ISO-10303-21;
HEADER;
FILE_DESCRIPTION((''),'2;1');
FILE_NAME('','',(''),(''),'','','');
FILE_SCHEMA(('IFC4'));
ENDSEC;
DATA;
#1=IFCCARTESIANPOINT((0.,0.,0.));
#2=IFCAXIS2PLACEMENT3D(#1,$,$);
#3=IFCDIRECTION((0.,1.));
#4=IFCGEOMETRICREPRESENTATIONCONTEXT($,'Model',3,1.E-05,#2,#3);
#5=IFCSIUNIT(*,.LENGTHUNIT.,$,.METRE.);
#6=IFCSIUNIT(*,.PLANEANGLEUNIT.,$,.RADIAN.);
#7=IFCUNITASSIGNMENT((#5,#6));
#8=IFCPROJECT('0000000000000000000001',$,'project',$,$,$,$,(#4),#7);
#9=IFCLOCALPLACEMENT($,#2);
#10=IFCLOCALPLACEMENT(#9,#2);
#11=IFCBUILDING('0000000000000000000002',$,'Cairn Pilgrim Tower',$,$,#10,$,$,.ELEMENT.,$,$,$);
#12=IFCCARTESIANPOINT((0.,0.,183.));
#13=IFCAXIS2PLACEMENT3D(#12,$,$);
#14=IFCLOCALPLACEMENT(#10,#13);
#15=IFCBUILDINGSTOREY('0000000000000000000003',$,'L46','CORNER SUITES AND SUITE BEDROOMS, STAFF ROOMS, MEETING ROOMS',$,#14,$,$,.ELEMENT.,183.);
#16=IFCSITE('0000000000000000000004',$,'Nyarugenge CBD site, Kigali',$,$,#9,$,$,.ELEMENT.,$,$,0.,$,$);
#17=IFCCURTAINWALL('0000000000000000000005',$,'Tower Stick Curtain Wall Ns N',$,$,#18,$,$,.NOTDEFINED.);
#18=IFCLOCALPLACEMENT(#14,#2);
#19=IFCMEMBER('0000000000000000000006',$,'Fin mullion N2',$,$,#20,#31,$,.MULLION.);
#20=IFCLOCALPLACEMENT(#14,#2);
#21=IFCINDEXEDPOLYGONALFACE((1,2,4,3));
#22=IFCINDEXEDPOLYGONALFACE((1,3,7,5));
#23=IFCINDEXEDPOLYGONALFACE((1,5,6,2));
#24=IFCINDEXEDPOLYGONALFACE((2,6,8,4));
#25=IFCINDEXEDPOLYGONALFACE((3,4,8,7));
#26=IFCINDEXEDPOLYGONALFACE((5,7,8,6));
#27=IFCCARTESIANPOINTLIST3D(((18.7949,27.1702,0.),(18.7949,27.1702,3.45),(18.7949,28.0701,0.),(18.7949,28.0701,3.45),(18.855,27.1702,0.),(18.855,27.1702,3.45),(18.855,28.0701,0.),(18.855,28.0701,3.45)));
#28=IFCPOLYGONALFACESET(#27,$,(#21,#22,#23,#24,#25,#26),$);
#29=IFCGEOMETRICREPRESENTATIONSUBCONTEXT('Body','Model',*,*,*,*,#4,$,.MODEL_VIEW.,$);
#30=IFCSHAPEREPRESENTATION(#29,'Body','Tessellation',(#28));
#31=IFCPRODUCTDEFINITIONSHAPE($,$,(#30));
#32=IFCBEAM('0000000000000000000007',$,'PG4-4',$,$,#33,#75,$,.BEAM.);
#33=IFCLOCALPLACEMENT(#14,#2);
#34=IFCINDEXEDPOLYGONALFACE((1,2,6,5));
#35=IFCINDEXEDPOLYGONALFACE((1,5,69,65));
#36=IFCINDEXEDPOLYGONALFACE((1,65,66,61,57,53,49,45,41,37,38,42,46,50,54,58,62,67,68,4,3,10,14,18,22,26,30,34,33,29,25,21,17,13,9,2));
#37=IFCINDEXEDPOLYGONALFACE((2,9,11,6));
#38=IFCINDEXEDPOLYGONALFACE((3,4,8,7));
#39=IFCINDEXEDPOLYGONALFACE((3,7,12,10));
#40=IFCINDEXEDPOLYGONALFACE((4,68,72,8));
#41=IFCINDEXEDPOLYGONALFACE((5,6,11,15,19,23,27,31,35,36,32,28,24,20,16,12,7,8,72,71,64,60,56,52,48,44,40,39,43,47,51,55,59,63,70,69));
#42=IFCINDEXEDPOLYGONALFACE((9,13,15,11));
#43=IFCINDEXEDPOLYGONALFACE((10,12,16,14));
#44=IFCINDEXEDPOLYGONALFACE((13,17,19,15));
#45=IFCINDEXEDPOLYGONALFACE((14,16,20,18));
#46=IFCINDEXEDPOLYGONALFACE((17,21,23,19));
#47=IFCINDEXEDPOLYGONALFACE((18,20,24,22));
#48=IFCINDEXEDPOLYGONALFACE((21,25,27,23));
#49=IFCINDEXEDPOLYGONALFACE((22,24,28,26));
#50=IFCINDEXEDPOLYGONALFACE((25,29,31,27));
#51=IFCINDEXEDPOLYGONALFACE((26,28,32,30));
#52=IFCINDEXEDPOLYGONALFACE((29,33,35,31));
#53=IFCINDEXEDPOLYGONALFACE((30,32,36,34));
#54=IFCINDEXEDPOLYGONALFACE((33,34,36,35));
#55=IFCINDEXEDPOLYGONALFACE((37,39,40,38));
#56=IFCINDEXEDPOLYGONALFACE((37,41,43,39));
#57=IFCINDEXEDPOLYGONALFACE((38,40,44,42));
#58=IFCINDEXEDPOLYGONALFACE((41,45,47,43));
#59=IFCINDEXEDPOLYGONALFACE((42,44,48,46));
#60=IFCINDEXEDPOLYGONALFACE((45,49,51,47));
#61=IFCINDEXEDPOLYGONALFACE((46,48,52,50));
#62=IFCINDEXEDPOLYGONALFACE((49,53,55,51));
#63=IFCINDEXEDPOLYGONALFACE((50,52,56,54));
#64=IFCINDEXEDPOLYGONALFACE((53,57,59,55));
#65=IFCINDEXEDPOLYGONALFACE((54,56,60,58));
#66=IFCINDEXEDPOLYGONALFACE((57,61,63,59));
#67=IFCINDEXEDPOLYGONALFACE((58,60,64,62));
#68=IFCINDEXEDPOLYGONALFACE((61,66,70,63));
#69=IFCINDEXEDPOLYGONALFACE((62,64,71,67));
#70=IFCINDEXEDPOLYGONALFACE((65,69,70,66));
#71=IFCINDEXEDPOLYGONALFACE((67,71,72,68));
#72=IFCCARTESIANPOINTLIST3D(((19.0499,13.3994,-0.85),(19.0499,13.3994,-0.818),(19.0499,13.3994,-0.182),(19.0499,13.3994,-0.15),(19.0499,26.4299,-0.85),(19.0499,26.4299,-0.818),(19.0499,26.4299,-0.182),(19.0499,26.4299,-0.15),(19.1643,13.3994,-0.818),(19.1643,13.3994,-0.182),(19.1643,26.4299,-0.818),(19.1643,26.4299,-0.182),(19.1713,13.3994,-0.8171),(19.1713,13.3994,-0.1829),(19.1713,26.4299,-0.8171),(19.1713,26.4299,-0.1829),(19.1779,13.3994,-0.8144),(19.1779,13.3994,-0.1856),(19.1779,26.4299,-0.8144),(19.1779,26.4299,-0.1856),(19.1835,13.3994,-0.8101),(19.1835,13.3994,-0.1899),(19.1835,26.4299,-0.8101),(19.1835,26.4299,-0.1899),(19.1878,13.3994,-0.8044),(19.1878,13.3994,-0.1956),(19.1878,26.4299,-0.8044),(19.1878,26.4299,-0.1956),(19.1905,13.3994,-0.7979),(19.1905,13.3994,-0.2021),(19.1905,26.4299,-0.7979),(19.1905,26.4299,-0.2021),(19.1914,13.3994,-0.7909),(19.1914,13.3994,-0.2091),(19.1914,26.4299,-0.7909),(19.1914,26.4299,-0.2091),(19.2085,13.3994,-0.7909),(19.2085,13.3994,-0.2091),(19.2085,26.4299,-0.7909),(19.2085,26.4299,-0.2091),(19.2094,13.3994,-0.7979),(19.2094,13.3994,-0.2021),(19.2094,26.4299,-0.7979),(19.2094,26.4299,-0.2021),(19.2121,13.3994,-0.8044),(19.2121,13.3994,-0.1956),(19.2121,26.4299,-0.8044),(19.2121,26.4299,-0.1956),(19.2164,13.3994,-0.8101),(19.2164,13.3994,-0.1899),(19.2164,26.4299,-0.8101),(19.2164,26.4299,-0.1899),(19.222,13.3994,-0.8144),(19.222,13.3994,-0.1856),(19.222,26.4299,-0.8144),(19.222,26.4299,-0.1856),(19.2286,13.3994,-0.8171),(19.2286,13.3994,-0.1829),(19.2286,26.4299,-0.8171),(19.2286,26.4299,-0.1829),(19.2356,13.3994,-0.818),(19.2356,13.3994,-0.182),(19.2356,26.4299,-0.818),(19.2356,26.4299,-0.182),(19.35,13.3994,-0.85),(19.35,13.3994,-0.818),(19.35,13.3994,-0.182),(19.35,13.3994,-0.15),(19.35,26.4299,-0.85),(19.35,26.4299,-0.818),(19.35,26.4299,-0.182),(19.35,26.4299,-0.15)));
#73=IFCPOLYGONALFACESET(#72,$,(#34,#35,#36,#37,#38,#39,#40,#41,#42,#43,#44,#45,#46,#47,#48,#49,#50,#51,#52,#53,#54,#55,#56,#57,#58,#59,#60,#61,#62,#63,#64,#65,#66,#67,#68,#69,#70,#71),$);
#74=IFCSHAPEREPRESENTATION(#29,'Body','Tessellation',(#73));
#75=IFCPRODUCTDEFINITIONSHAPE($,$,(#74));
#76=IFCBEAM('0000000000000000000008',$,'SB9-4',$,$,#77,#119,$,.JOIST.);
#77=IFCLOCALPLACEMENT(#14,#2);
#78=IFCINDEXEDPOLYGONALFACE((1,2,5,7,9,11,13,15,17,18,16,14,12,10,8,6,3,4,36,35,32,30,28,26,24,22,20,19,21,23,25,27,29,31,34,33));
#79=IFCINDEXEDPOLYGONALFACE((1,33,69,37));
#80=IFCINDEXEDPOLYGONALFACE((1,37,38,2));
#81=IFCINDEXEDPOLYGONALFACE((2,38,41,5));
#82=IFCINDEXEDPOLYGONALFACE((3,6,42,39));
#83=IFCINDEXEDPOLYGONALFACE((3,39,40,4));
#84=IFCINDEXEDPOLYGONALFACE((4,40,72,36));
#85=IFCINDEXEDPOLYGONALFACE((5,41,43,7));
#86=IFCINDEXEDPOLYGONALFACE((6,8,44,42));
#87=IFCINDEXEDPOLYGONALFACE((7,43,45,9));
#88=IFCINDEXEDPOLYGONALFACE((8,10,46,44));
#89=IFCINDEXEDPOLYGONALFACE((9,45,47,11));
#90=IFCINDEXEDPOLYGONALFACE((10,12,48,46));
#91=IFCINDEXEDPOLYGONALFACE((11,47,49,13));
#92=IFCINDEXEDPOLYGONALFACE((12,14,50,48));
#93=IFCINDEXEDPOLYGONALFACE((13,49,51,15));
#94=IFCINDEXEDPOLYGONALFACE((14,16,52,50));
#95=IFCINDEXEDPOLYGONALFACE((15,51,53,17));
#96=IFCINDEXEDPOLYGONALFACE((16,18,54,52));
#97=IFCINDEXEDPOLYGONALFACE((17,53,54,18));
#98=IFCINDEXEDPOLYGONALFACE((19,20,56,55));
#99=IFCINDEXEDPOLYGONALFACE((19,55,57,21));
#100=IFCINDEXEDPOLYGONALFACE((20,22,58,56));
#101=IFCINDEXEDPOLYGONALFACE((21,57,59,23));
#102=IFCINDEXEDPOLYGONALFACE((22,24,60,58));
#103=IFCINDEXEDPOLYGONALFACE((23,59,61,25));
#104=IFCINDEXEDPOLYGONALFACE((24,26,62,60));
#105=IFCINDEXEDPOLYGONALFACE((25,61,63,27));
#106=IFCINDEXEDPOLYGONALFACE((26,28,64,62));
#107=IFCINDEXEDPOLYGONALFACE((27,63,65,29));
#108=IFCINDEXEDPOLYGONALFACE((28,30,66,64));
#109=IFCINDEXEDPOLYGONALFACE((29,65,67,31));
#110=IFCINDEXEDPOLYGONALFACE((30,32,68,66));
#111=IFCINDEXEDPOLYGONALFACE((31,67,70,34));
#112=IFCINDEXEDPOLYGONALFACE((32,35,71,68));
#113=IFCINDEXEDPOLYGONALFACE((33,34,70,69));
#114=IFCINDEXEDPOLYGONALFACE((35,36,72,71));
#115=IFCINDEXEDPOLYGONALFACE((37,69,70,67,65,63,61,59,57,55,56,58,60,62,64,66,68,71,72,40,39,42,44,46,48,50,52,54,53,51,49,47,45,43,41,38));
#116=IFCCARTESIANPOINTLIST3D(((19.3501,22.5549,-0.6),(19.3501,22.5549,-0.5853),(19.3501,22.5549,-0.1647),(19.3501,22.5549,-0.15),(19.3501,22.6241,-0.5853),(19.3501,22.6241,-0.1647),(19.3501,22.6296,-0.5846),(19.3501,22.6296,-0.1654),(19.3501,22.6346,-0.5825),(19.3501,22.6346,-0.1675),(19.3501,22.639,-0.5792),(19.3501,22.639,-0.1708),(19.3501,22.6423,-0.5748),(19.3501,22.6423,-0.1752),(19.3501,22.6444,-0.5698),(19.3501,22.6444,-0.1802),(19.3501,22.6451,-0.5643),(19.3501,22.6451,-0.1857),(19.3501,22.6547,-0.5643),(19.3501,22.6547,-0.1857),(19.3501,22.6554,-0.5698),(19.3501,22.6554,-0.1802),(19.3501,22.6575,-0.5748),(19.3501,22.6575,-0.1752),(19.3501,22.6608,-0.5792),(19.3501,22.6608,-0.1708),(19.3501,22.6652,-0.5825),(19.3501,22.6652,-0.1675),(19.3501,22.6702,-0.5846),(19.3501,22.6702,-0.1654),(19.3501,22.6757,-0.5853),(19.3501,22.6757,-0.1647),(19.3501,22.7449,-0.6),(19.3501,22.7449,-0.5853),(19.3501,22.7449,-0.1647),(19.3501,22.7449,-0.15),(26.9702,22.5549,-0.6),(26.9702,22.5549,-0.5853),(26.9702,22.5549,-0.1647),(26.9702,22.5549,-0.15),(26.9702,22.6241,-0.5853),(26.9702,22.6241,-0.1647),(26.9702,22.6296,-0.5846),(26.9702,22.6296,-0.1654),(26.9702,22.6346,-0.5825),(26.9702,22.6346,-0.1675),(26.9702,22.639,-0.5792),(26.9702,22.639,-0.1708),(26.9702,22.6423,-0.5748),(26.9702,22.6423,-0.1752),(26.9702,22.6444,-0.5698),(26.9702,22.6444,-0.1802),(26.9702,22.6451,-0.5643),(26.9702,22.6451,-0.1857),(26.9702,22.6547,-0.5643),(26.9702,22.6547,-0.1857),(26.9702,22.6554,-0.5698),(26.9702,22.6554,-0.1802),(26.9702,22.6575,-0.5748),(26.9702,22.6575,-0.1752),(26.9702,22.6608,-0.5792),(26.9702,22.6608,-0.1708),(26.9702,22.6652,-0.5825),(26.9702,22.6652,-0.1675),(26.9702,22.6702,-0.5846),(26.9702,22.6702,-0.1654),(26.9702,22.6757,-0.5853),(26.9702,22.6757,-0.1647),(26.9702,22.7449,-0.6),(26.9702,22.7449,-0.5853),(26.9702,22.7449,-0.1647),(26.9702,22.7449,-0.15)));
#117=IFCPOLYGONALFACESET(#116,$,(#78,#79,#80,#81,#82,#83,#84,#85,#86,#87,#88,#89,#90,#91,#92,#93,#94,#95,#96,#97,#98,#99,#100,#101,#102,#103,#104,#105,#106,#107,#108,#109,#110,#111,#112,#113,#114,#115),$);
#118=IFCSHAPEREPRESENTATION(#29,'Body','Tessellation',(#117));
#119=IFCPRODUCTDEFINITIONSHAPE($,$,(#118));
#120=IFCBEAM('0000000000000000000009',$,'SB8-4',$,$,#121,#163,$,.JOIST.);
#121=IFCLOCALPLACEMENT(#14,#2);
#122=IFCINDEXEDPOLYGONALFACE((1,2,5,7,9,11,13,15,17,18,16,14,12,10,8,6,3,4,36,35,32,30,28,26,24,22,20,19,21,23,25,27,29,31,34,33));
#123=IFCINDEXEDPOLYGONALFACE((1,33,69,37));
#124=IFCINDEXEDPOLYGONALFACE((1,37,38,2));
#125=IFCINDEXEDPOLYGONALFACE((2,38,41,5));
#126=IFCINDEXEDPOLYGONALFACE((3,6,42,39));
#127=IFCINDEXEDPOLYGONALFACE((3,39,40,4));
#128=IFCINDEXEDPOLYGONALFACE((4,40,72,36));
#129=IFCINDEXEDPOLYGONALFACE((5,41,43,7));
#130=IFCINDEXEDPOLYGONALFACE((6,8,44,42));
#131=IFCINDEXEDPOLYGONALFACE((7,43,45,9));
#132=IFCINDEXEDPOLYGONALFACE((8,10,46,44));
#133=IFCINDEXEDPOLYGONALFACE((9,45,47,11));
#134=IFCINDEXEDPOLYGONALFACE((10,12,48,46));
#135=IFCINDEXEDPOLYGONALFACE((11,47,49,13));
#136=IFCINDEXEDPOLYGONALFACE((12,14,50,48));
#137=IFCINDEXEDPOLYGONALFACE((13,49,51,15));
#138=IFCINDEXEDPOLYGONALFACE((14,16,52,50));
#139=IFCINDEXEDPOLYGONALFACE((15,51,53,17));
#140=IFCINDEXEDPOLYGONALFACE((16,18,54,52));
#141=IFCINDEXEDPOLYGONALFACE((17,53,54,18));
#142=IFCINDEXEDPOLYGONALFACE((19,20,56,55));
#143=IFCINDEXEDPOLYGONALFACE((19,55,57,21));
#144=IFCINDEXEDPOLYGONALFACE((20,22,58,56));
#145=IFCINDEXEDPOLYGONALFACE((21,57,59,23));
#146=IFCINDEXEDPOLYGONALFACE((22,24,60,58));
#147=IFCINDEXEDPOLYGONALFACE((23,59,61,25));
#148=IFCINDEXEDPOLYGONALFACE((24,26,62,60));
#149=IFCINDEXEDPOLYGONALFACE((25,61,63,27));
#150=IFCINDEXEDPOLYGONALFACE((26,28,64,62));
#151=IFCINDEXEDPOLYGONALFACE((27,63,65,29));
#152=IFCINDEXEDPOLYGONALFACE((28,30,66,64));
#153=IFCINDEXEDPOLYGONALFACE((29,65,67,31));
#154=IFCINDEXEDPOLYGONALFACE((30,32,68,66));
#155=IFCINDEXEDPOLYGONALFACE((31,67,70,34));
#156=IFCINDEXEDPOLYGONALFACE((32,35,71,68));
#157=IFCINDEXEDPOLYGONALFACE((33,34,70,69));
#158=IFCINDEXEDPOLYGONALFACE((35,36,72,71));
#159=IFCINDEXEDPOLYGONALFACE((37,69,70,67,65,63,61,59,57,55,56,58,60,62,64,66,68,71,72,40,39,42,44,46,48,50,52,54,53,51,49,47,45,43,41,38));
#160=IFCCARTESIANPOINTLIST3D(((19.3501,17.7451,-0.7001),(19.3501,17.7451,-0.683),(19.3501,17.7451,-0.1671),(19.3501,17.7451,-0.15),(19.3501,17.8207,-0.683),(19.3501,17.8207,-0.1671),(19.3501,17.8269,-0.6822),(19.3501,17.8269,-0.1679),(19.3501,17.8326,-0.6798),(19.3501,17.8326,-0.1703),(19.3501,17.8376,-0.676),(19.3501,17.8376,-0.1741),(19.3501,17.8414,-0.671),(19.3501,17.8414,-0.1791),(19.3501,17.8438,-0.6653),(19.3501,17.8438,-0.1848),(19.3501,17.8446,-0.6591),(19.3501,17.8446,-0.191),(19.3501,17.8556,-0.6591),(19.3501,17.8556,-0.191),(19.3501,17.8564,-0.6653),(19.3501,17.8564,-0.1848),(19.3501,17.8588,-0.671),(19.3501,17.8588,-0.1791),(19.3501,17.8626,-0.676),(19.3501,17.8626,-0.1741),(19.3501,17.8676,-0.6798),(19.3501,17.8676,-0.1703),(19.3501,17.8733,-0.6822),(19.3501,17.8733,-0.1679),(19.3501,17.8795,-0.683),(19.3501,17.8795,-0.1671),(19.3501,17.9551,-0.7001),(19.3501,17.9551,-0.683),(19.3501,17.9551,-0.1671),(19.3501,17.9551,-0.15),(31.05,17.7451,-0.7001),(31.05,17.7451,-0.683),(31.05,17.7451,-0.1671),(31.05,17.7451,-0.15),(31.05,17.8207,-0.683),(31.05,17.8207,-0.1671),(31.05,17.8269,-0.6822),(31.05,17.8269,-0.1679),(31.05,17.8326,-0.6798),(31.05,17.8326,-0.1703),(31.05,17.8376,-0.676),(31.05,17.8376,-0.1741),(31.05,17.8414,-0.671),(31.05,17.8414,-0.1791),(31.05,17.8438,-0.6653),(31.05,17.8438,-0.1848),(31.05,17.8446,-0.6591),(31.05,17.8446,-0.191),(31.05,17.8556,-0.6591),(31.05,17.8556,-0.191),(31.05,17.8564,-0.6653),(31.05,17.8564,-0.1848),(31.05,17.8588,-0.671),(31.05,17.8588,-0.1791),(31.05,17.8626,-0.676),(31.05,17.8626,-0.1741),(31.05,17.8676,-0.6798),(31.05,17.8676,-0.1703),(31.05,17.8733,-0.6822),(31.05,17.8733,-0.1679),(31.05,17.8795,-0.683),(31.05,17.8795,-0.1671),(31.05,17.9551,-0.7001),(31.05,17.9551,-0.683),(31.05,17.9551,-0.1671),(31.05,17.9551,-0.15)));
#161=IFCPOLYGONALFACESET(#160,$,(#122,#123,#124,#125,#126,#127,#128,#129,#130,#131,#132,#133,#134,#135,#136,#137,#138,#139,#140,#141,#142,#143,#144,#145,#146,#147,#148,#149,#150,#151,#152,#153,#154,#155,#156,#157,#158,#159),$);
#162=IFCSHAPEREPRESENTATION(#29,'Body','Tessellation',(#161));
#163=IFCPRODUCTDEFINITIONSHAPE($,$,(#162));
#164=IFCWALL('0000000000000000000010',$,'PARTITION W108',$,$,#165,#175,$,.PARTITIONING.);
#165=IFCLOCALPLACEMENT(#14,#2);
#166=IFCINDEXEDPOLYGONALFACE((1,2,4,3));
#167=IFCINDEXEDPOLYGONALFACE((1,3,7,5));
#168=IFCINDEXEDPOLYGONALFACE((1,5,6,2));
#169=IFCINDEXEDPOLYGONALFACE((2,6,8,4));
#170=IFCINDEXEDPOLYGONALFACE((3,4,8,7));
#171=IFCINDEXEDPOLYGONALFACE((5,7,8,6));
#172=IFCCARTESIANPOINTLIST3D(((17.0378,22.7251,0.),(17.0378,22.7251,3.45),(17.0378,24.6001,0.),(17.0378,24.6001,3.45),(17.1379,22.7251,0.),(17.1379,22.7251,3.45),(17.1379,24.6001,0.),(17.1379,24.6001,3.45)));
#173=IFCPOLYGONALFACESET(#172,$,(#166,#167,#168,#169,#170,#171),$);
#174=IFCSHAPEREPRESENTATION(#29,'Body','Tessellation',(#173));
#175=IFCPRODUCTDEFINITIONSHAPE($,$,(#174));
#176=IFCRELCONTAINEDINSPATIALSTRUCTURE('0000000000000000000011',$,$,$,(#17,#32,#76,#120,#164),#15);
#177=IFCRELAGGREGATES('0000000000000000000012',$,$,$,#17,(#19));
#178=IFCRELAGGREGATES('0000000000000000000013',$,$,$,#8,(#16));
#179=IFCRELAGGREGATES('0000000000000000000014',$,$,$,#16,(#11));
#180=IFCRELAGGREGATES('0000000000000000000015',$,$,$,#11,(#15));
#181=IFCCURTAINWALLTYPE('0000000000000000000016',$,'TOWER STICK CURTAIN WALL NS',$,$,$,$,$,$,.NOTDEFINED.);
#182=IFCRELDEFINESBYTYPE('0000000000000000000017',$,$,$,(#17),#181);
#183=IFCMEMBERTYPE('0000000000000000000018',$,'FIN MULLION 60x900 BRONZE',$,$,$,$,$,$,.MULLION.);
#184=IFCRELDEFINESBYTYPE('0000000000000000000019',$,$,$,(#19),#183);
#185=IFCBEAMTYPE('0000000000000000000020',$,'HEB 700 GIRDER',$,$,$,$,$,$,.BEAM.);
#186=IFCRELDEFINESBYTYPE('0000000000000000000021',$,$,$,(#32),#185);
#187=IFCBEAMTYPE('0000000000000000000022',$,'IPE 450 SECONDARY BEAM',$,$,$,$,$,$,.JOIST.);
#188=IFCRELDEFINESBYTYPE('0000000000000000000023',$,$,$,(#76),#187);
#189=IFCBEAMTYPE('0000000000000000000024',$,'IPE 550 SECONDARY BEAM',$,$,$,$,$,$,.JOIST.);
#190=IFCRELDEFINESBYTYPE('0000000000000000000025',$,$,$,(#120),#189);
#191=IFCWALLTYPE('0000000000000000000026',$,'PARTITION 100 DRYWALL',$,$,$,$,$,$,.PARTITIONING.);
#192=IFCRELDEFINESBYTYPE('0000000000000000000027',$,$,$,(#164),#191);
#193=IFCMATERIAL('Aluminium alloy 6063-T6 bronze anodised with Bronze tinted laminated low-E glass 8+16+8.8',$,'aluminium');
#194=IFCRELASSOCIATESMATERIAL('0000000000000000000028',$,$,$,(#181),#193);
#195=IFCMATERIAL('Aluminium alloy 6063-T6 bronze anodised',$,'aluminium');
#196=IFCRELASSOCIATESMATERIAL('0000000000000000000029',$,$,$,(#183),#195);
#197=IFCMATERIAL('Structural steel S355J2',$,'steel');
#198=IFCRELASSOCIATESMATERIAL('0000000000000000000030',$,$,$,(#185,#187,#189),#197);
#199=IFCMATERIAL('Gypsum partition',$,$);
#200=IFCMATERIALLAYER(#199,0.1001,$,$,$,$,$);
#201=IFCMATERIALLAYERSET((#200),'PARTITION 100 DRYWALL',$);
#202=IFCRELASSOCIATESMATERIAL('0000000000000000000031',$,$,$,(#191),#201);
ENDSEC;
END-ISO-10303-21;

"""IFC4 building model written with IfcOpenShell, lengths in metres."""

from ifc_helpers import new_model, si_unit, direction, frame, frame_2d, origin, origin_2d, place, context, subcontext, project, spatial, rectangle, i_section, extrude, material, layer, layer_set, material_profile, profile_set, type_object, element, aggregate, save


model = new_model("IFC4")

# Units and contexts
model_context = context("Model", 3, precision=1e-05, world=origin(), true_north=direction((0.0, 1.0)))
body_context = subcontext(model_context, "Body", "Model", "MODEL_VIEW")
ifc_project = project(units=[si_unit("LENGTHUNIT", "METRE"), si_unit("PLANEANGLEUNIT", "RADIAN")], contexts=[model_context])

# Site, building, storey
site_placement = place(None, origin())
site = spatial("IfcSite", under=ifc_project, at=site_placement, Name="Nyarugenge CBD site, Kigali", CompositionType="ELEMENT", RefElevation=0.0)
building_placement = place(site_placement, origin())
building = spatial("IfcBuilding", under=site, at=building_placement, Name="Cairn Pilgrim Tower", CompositionType="ELEMENT")
storey_placement = place(building_placement, frame((0.0, 0.0, 183.0)))
storey = spatial("IfcBuildingStorey", under=building, at=storey_placement, Name="L46", Description="CORNER SUITES AND SUITE BEDROOMS, STAFF ROOMS, MEETING ROOMS", CompositionType="ELEMENT", Elevation=183.0)

# Curtain wall, member
ifc_material_1 = material(Name="Aluminium alloy 6063-T6 bronze anodised with Bronze tinted laminated low-E glass 8+16+8.8", Category="aluminium")
curtain_wall_type = type_object("IfcCurtainWallType", Name="TOWER STICK CURTAIN WALL NS", PredefinedType="NOTDEFINED", material=ifc_material_1)
curtain_wall_placement = place(storey_placement, origin())
curtain_wall = element("IfcCurtainWall", 1, at=curtain_wall_placement, inside=storey, type_object=curtain_wall_type, Name="Tower Stick Curtain Wall Ns N", PredefinedType="NOTDEFINED")
ifc_material_2 = material(Name="Aluminium alloy 6063-T6 bronze anodised", Category="aluminium")
ifc_material_profile_1 = material_profile(ifc_material_2, rectangle(XDim=0.8999, YDim=0.0601, at=origin_2d()), Name="FIN MULLION 60x900 BRONZE")
ifc_profile_set_1 = profile_set([ifc_material_profile_1], Name="Aluminium alloy 6063-T6 bronze anodised")
member_type = type_object("IfcMemberType", Name="FIN MULLION 60x900 BRONZE", PredefinedType="MULLION", material=ifc_profile_set_1)
member_placement = place(storey_placement, frame((18.825, 27.6201, 0.0), z_axis=(0.0, 0.0, 1.0), x_axis=(0.0, 1.0, 0.0)))
member = element("IfcMember", 2, at=member_placement, type_object=member_type, Name="Fin mullion N2", PredefinedType="MULLION", context=body_context, shape_type="SweptSolid", body=[
    extrude(rectangle(XDim=0.8999, YDim=0.0601, at=origin_2d()), origin(), (0.0, 0.0, 1.0), 3.45),
])
aggregate(curtain_wall, [member])

# Beams
ifc_material_3 = material(Name="Structural steel S355J2", Category="steel")
ifc_material_profile_2 = material_profile(ifc_material_3, i_section(OverallWidth=0.3, OverallDepth=0.7, WebThickness=0.0171, FlangeThickness=0.032, FilletRadius=0.0271, at=origin_2d()), Name="HEB 700")
ifc_profile_set_2 = profile_set([ifc_material_profile_2], Name="Structural steel S355J2")
beam_type_1 = type_object("IfcBeamType", Name="HEB 700 GIRDER", PredefinedType="BEAM", material=ifc_profile_set_2)
beam_1_placement = place(storey_placement, frame((19.2, 13.3994, -0.5), z_axis=(0.0, 1.0, 0.0), x_axis=(-1.0, 0.0, 0.0)))
element("IfcBeam", 3, at=beam_1_placement, inside=storey, type_object=beam_type_1, Name="PG4-4", PredefinedType="BEAM", context=body_context, shape_type="SweptSolid", body=[
    extrude(i_section(OverallWidth=0.3, OverallDepth=0.7, WebThickness=0.0171, FlangeThickness=0.032, FilletRadius=0.0271, at=origin_2d()), origin(), (0.0, 0.0, 1.0), 13.0305),
])
ifc_material_profile_3 = material_profile(ifc_material_3, i_section(OverallWidth=0.1899, OverallDepth=0.45, WebThickness=0.0095, FlangeThickness=0.0146, FilletRadius=0.021, at=origin_2d()), Name="IPE 450")
ifc_profile_set_3 = profile_set([ifc_material_profile_3], Name="Structural steel S355J2")
beam_type_2 = type_object("IfcBeamType", Name="IPE 450 SECONDARY BEAM", PredefinedType="JOIST", material=ifc_profile_set_3)
beam_2_placement = place(storey_placement, frame((19.3501, 22.6499, -0.375), z_axis=(1.0, 0.0, 0.0), x_axis=(0.0, 1.0, 0.0)))
element("IfcBeam", 4, at=beam_2_placement, inside=storey, type_object=beam_type_2, Name="SB9-4", PredefinedType="JOIST", context=body_context, shape_type="SweptSolid", body=[
    extrude(i_section(OverallWidth=0.1899, OverallDepth=0.45, WebThickness=0.0095, FlangeThickness=0.0146, FilletRadius=0.021, at=origin_2d()), origin(), (0.0, 0.0, 1.0), 7.6201),
])
ifc_material_profile_4 = material_profile(ifc_material_3, i_section(OverallWidth=0.21, OverallDepth=0.55, WebThickness=0.011, FlangeThickness=0.0171, FilletRadius=0.0239, at=origin_2d()), Name="IPE 550")
ifc_profile_set_4 = profile_set([ifc_material_profile_4], Name="Structural steel S355J2")
beam_type_3 = type_object("IfcBeamType", Name="IPE 550 SECONDARY BEAM", PredefinedType="JOIST", material=ifc_profile_set_4)
beam_3_placement = place(storey_placement, frame((19.3501, 17.8501, -0.425), z_axis=(1.0, 0.0, 0.0), x_axis=(0.0, 1.0, 0.0)))
element("IfcBeam", 5, at=beam_3_placement, inside=storey, type_object=beam_type_3, Name="SB8-4", PredefinedType="JOIST", context=body_context, shape_type="SweptSolid", body=[
    extrude(i_section(OverallWidth=0.21, OverallDepth=0.55, WebThickness=0.011, FlangeThickness=0.0171, FilletRadius=0.0239, at=origin_2d()), origin(), (0.0, 0.0, 1.0), 11.7),
])

# Wall
ifc_material_4 = material(Name="Gypsum partition")
ifc_layer_1 = layer(ifc_material_4, 0.1001)
ifc_layer_set_1 = layer_set([ifc_layer_1], Name="PARTITION 100 DRYWALL")
wall_type_1 = type_object("IfcWallType", Name="PARTITION 100 DRYWALL", PredefinedType="PARTITIONING", material=ifc_layer_set_1)
wall_1_placement = place(storey_placement, frame((17.0879, 22.7251, 0.0), z_axis=(0.0, 0.0, 1.0), x_axis=(0.0, 1.0, 0.0)))
element("IfcWall", 6, at=wall_1_placement, inside=storey, type_object=wall_type_1, Name="PARTITION W108", PredefinedType="PARTITIONING", context=body_context, shape_type="SweptSolid", body=[
    extrude(rectangle(XDim=1.875, YDim=0.1001, at=frame_2d((0.9375, 0.0))), origin(), (0.0, 0.0, 1.0), 3.45),
])

save(model, "model.ifc")
